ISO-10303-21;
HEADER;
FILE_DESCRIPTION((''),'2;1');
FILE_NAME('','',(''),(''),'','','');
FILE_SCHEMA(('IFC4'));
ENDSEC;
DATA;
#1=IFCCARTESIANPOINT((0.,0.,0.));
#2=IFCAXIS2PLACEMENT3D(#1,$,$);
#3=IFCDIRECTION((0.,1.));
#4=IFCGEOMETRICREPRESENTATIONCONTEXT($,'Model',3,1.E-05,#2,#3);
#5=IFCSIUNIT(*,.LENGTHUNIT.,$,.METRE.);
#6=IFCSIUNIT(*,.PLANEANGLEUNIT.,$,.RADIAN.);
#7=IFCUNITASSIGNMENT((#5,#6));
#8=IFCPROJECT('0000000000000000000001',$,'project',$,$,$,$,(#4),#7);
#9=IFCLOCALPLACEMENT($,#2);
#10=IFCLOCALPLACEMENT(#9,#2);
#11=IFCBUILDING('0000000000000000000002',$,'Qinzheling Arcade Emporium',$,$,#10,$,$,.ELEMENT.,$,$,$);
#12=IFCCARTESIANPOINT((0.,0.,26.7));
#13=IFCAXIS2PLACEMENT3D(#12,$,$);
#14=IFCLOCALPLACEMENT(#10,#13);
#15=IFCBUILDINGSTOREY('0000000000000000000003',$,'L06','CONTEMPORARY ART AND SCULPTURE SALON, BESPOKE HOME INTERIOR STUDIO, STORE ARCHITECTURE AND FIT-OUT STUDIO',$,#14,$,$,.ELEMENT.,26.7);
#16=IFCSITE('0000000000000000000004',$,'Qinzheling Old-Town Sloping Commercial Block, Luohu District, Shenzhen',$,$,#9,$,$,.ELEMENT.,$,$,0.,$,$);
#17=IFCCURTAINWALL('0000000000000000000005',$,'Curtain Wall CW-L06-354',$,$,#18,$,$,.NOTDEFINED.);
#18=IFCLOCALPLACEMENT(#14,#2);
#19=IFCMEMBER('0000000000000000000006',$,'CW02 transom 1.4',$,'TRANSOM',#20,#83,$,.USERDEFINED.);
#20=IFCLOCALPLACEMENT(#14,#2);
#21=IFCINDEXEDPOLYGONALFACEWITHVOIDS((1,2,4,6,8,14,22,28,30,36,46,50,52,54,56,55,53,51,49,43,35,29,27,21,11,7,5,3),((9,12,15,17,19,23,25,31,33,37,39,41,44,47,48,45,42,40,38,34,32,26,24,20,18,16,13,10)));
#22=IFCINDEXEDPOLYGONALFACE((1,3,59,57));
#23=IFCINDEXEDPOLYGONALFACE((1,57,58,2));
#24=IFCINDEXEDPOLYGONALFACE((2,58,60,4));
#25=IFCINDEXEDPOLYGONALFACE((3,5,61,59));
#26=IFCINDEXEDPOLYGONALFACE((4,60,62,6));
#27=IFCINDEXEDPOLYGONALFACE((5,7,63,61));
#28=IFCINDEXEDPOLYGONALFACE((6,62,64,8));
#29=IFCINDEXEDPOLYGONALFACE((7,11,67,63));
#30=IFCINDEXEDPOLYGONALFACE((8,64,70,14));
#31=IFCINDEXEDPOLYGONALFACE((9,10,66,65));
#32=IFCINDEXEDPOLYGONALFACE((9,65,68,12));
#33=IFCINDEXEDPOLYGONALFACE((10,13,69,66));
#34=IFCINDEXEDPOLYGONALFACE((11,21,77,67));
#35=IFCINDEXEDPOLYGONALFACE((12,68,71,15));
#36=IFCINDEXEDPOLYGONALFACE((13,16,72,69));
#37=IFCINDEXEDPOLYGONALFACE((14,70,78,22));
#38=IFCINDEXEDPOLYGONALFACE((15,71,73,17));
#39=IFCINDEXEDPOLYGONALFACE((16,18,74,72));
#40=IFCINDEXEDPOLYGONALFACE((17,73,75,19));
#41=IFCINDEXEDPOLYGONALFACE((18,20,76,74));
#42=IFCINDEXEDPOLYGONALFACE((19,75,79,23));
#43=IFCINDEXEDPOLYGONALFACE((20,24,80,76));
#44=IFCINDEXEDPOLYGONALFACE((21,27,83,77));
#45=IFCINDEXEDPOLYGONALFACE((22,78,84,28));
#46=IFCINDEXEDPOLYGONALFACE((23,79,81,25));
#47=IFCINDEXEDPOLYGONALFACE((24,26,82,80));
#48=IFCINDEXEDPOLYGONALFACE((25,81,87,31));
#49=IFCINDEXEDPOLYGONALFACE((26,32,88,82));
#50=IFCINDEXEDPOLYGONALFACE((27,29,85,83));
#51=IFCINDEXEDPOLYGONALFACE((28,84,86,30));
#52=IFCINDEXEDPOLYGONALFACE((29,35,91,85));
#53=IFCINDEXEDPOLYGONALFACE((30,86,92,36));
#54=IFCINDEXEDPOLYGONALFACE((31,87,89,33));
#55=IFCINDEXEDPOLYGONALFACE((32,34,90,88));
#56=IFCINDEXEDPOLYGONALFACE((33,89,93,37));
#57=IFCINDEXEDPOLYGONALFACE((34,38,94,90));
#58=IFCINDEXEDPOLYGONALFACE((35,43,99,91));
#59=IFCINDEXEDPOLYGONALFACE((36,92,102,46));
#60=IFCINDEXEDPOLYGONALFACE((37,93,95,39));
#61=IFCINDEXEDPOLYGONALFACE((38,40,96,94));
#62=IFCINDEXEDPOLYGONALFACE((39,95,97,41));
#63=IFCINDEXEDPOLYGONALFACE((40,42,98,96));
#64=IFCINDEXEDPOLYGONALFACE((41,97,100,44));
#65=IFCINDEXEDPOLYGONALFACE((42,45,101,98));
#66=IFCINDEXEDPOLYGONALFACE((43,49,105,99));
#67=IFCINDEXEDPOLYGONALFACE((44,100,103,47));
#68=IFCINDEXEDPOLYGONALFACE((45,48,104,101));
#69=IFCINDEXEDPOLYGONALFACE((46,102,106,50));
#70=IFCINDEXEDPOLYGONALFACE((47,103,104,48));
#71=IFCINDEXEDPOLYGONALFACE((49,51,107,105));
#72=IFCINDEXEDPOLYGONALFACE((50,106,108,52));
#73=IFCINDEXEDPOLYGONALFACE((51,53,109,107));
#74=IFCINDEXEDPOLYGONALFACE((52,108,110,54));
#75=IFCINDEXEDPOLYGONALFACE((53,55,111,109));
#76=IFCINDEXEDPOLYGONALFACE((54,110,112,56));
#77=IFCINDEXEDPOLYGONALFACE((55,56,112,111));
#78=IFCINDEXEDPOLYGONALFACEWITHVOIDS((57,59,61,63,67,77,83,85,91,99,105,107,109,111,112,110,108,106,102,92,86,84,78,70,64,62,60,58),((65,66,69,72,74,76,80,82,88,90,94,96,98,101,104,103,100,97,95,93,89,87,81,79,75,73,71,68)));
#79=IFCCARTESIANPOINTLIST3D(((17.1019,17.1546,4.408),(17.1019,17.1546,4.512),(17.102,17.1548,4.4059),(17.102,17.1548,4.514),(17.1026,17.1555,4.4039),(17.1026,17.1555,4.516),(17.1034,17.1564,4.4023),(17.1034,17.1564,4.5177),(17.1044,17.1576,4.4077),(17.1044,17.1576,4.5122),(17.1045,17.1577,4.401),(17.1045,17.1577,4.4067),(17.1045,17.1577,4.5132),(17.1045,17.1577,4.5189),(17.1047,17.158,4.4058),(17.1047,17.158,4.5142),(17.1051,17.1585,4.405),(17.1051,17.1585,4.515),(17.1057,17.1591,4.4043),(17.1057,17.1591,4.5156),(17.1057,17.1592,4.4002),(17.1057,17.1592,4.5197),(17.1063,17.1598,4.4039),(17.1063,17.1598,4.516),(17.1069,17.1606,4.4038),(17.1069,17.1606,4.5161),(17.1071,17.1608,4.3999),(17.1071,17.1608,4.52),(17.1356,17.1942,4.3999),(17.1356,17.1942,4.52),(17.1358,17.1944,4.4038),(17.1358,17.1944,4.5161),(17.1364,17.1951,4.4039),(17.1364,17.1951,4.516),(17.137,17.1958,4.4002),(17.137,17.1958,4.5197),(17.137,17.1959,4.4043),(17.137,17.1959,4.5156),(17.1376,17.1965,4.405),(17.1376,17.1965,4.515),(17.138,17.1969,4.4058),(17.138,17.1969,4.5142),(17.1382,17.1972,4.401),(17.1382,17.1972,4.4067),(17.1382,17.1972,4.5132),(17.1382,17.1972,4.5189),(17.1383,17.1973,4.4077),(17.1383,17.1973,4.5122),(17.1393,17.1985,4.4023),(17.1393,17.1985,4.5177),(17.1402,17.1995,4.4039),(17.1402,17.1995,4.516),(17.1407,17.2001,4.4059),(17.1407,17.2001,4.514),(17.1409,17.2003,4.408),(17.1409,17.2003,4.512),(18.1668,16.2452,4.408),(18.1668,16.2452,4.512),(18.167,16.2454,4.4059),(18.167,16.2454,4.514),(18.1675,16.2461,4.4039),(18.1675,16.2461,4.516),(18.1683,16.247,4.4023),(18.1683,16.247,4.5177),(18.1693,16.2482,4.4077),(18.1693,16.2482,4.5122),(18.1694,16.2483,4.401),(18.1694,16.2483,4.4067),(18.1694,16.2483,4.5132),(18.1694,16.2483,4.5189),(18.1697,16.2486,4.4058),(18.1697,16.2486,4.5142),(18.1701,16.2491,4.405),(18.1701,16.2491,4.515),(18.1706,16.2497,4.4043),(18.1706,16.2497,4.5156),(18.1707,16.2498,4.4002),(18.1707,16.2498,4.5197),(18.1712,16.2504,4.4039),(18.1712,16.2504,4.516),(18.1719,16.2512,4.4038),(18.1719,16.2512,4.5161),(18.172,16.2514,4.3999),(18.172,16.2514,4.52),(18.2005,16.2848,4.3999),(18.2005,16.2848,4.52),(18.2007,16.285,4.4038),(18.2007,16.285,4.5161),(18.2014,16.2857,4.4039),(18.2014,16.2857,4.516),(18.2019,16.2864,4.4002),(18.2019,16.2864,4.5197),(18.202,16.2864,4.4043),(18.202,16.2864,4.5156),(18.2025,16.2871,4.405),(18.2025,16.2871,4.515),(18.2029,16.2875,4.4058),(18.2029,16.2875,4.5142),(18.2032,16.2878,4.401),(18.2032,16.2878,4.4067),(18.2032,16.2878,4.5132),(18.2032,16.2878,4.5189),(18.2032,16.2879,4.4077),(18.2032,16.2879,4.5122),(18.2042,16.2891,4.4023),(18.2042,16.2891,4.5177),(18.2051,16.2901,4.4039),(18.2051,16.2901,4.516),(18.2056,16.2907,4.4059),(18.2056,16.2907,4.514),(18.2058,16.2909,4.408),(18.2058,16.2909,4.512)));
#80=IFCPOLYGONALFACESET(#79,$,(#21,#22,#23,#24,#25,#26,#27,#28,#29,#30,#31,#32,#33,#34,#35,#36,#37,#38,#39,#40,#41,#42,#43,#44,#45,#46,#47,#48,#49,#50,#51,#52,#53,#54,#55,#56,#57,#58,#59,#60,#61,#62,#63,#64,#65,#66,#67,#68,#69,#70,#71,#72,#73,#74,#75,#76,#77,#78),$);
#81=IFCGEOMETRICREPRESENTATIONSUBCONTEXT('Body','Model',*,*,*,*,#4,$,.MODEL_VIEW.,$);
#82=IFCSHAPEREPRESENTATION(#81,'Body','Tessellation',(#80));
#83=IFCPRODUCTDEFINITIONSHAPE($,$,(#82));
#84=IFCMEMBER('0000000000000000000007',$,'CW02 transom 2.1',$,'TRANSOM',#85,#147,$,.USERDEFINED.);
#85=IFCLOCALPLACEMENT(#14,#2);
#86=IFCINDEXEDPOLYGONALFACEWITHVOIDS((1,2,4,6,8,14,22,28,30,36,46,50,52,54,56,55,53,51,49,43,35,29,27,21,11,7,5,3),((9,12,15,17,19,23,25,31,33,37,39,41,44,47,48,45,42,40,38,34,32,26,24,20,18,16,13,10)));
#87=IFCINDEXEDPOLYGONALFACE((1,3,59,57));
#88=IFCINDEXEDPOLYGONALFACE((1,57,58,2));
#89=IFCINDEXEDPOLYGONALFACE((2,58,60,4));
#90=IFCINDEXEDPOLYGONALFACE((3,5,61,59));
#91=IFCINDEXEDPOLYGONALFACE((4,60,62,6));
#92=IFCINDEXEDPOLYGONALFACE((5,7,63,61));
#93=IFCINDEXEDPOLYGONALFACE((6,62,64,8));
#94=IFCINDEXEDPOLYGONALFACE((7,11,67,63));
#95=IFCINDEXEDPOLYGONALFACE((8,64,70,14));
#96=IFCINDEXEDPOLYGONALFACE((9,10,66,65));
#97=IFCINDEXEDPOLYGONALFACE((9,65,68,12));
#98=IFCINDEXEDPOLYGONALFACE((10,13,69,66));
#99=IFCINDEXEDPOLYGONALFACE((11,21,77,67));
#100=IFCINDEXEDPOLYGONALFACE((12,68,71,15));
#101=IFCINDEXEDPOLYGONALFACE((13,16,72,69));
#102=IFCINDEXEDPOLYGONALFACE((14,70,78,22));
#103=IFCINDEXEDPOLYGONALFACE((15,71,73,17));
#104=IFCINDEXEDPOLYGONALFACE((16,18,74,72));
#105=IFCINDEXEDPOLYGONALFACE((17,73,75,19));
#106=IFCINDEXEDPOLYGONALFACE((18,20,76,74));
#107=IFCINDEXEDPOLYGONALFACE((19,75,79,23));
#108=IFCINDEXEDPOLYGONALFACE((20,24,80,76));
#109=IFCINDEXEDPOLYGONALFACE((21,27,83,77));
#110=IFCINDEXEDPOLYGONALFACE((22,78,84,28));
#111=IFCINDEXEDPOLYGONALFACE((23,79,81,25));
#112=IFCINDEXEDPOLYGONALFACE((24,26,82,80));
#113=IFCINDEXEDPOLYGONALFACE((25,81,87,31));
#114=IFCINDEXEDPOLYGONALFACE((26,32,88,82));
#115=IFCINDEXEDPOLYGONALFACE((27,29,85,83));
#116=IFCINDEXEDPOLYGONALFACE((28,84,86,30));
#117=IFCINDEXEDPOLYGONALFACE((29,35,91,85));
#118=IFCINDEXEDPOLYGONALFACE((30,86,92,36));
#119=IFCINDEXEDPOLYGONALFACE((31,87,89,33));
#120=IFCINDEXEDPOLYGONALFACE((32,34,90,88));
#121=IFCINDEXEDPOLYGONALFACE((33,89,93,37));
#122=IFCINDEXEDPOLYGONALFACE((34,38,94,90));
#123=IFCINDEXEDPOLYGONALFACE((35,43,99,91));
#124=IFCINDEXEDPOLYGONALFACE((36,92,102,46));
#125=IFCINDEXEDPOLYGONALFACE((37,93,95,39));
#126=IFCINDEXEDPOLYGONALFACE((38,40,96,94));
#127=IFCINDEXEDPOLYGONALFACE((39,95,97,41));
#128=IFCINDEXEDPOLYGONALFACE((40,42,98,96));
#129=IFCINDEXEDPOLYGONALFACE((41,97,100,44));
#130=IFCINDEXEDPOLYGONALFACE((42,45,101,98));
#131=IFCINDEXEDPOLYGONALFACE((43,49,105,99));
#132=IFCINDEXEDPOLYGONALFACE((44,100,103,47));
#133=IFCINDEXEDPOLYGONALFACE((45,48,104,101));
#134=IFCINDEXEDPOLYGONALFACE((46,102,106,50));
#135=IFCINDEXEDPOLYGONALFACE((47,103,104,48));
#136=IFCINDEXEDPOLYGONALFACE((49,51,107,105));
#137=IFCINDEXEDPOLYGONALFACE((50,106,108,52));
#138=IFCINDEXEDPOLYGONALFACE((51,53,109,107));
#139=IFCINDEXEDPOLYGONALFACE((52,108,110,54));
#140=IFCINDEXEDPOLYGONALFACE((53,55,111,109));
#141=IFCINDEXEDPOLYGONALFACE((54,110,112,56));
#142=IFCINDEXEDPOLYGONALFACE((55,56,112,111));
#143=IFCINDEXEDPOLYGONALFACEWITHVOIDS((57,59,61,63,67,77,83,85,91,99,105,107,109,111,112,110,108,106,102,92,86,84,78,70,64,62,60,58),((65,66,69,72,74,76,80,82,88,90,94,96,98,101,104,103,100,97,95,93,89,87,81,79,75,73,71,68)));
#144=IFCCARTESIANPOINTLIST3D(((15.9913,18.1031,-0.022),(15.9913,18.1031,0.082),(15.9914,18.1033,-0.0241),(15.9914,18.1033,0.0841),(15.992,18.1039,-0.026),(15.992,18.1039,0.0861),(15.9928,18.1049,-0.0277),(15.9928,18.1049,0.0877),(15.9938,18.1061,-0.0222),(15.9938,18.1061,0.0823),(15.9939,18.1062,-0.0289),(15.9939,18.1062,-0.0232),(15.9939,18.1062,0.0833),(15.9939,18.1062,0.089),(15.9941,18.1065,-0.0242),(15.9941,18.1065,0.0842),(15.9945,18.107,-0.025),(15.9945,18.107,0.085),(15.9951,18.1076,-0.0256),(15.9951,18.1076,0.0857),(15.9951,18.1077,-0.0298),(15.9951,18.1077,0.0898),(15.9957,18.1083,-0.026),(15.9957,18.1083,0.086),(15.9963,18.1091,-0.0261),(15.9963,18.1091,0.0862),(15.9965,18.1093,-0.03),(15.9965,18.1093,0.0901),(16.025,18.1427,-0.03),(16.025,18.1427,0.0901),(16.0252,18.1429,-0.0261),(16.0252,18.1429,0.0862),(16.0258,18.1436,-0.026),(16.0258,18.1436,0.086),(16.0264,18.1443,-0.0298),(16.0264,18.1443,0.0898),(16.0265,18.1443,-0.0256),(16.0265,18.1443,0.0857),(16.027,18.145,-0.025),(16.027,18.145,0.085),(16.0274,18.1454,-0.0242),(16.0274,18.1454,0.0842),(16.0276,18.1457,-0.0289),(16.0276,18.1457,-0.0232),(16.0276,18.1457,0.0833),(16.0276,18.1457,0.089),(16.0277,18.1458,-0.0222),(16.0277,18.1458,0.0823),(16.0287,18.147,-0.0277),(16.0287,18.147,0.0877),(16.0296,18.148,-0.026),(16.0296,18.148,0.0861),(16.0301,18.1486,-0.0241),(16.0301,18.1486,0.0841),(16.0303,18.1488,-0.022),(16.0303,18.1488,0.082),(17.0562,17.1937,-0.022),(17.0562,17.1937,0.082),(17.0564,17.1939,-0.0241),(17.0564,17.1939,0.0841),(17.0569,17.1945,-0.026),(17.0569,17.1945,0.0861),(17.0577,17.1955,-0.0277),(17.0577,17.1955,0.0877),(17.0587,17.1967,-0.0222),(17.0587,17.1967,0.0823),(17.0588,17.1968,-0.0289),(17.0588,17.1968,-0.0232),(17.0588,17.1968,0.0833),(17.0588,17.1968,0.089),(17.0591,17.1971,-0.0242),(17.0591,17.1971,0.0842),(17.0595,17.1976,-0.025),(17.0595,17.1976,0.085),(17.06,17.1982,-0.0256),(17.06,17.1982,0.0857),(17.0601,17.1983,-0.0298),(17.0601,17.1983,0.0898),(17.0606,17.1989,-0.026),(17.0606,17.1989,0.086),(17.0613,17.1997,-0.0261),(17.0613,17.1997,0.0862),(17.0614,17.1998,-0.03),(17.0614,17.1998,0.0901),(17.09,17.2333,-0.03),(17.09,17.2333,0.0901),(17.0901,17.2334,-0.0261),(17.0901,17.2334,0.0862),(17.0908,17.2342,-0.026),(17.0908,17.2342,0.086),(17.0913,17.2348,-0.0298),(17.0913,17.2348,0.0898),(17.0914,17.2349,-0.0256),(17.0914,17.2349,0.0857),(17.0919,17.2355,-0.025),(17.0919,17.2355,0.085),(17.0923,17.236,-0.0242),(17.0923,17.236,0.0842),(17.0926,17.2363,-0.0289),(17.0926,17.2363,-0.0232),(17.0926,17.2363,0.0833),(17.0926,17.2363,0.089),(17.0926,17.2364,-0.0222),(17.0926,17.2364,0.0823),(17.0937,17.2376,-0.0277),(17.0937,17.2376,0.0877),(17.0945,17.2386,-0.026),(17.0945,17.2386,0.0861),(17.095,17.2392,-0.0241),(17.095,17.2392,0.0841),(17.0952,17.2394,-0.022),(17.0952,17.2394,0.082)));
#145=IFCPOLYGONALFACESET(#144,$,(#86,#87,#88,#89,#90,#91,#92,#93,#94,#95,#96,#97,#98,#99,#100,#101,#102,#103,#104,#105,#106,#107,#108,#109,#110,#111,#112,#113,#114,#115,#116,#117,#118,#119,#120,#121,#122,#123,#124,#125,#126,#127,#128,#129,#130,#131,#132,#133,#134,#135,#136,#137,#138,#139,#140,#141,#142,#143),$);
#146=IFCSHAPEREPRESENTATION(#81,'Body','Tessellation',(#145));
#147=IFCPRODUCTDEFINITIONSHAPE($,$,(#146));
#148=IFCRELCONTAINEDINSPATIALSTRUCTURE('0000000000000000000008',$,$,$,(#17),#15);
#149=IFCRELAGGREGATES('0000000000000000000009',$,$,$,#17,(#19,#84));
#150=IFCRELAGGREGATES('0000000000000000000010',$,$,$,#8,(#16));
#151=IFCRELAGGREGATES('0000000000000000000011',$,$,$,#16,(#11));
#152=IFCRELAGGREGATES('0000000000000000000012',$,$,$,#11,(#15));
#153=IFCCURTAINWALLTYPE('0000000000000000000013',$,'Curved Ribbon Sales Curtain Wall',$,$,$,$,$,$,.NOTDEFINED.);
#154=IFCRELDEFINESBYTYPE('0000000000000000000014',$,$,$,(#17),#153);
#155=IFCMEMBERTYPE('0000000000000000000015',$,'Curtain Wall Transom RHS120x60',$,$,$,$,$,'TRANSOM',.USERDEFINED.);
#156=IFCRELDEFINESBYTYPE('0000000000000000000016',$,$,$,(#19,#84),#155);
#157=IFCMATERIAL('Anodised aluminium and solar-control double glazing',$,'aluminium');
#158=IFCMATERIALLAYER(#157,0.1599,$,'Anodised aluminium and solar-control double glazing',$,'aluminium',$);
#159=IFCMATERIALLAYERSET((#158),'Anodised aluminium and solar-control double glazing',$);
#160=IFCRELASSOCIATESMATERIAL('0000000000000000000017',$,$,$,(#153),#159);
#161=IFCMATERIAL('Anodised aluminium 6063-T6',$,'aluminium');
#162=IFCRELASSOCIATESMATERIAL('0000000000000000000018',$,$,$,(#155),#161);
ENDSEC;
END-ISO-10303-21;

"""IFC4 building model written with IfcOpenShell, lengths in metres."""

from ifc_helpers import new_model, si_unit, direction, frame, origin, origin_2d, place, context, subcontext, project, spatial, hollow_rectangle, extrude, material, layer, layer_set, material_profile, profile_set, type_object, element, aggregate, save


model = new_model("IFC4")

# Units and contexts
model_context = context("Model", 3, precision=1e-05, world=origin(), true_north=direction((0.0, 1.0)))
body_context = subcontext(model_context, "Body", "Model", "MODEL_VIEW")
ifc_project = project(units=[si_unit("LENGTHUNIT", "METRE"), si_unit("PLANEANGLEUNIT", "RADIAN")], contexts=[model_context])

# Site, building, storey
site_placement = place(None, origin())
site = spatial("IfcSite", under=ifc_project, at=site_placement, Name="Qinzheling Old-Town Sloping Commercial Block, Luohu District, Shenzhen", CompositionType="ELEMENT", RefElevation=0.0)
building_placement = place(site_placement, origin())
building = spatial("IfcBuilding", under=site, at=building_placement, Name="Qinzheling Arcade Emporium", CompositionType="ELEMENT")
storey_placement = place(building_placement, frame((0.0, 0.0, 26.7)))
storey = spatial("IfcBuildingStorey", under=building, at=storey_placement, Name="L06", Description="CONTEMPORARY ART AND SCULPTURE SALON, BESPOKE HOME INTERIOR STUDIO, STORE ARCHITECTURE AND FIT-OUT STUDIO", CompositionType="ELEMENT", Elevation=26.7)

# Curtain wall
ifc_material_1 = material(Name="Anodised aluminium and solar-control double glazing", Category="aluminium")
ifc_layer_1 = layer(ifc_material_1, 0.1599, Name="Anodised aluminium and solar-control double glazing", Category="aluminium")
ifc_layer_set_1 = layer_set([ifc_layer_1], Name="Anodised aluminium and solar-control double glazing")
curtain_wall_type = type_object("IfcCurtainWallType", Name="Curved Ribbon Sales Curtain Wall", PredefinedType="NOTDEFINED", material=ifc_layer_set_1)
curtain_wall_1_placement = place(storey_placement, origin())
curtain_wall_1 = element("IfcCurtainWall", 1, at=curtain_wall_1_placement, inside=storey, type_object=curtain_wall_type, Name="Curtain Wall CW-L06-354", PredefinedType="NOTDEFINED")
ifc_material_2 = material(Name="Anodised aluminium 6063-T6", Category="aluminium")

# Members
ifc_material_profile_1 = material_profile(ifc_material_2, hollow_rectangle(XDim=0.0601, YDim=0.1201, WallThickness=0.0039, InnerFilletRadius=0.0039, OuterFilletRadius=0.0081, at=origin_2d()), Name="RHS 120x60x4", Category="aluminium")
ifc_profile_set_1 = profile_set([ifc_material_profile_1], Name="Anodised aluminium 6063-T6")
member_type_1 = type_object("IfcMemberType", Name="Curtain Wall Transom RHS120x60", ElementType="TRANSOM", PredefinedType="USERDEFINED", material=ifc_profile_set_1)
member_1_placement = place(storey_placement, frame((18.1863, 16.2681, 4.46), z_axis=(-0.760449, 0.649398, 0.0), x_axis=(-0.649398, -0.760449, 0.0)))
member_1 = element("IfcMember", 2, at=member_1_placement, type_object=member_type_1, Name="CW02 transom 1.4", ObjectType="TRANSOM", PredefinedType="USERDEFINED", context=body_context, shape_type="SweptSolid", body=[
    extrude(hollow_rectangle(XDim=0.0601, YDim=0.1201, WallThickness=0.0039, InnerFilletRadius=0.0039, OuterFilletRadius=0.0081, at=origin_2d()), origin(), (0.0, 0.0, 1.0), 1.4004),
])
member_2_placement = place(storey_placement, frame((17.0757, 17.2166, 0.03), z_axis=(-0.760449, 0.649398, 0.0), x_axis=(-0.649398, -0.760449, 0.0)))
member_2 = element("IfcMember", 3, at=member_2_placement, type_object=member_type_1, Name="CW02 transom 2.1", ObjectType="TRANSOM", PredefinedType="USERDEFINED", context=body_context, shape_type="SweptSolid", body=[
    extrude(hollow_rectangle(XDim=0.0601, YDim=0.1201, WallThickness=0.0039, InnerFilletRadius=0.0039, OuterFilletRadius=0.0081, at=origin_2d()), origin(), (0.0, 0.0, 1.0), 1.4004),
])

aggregate(curtain_wall_1, [member_1, member_2])

save(model, "model.ifc")
